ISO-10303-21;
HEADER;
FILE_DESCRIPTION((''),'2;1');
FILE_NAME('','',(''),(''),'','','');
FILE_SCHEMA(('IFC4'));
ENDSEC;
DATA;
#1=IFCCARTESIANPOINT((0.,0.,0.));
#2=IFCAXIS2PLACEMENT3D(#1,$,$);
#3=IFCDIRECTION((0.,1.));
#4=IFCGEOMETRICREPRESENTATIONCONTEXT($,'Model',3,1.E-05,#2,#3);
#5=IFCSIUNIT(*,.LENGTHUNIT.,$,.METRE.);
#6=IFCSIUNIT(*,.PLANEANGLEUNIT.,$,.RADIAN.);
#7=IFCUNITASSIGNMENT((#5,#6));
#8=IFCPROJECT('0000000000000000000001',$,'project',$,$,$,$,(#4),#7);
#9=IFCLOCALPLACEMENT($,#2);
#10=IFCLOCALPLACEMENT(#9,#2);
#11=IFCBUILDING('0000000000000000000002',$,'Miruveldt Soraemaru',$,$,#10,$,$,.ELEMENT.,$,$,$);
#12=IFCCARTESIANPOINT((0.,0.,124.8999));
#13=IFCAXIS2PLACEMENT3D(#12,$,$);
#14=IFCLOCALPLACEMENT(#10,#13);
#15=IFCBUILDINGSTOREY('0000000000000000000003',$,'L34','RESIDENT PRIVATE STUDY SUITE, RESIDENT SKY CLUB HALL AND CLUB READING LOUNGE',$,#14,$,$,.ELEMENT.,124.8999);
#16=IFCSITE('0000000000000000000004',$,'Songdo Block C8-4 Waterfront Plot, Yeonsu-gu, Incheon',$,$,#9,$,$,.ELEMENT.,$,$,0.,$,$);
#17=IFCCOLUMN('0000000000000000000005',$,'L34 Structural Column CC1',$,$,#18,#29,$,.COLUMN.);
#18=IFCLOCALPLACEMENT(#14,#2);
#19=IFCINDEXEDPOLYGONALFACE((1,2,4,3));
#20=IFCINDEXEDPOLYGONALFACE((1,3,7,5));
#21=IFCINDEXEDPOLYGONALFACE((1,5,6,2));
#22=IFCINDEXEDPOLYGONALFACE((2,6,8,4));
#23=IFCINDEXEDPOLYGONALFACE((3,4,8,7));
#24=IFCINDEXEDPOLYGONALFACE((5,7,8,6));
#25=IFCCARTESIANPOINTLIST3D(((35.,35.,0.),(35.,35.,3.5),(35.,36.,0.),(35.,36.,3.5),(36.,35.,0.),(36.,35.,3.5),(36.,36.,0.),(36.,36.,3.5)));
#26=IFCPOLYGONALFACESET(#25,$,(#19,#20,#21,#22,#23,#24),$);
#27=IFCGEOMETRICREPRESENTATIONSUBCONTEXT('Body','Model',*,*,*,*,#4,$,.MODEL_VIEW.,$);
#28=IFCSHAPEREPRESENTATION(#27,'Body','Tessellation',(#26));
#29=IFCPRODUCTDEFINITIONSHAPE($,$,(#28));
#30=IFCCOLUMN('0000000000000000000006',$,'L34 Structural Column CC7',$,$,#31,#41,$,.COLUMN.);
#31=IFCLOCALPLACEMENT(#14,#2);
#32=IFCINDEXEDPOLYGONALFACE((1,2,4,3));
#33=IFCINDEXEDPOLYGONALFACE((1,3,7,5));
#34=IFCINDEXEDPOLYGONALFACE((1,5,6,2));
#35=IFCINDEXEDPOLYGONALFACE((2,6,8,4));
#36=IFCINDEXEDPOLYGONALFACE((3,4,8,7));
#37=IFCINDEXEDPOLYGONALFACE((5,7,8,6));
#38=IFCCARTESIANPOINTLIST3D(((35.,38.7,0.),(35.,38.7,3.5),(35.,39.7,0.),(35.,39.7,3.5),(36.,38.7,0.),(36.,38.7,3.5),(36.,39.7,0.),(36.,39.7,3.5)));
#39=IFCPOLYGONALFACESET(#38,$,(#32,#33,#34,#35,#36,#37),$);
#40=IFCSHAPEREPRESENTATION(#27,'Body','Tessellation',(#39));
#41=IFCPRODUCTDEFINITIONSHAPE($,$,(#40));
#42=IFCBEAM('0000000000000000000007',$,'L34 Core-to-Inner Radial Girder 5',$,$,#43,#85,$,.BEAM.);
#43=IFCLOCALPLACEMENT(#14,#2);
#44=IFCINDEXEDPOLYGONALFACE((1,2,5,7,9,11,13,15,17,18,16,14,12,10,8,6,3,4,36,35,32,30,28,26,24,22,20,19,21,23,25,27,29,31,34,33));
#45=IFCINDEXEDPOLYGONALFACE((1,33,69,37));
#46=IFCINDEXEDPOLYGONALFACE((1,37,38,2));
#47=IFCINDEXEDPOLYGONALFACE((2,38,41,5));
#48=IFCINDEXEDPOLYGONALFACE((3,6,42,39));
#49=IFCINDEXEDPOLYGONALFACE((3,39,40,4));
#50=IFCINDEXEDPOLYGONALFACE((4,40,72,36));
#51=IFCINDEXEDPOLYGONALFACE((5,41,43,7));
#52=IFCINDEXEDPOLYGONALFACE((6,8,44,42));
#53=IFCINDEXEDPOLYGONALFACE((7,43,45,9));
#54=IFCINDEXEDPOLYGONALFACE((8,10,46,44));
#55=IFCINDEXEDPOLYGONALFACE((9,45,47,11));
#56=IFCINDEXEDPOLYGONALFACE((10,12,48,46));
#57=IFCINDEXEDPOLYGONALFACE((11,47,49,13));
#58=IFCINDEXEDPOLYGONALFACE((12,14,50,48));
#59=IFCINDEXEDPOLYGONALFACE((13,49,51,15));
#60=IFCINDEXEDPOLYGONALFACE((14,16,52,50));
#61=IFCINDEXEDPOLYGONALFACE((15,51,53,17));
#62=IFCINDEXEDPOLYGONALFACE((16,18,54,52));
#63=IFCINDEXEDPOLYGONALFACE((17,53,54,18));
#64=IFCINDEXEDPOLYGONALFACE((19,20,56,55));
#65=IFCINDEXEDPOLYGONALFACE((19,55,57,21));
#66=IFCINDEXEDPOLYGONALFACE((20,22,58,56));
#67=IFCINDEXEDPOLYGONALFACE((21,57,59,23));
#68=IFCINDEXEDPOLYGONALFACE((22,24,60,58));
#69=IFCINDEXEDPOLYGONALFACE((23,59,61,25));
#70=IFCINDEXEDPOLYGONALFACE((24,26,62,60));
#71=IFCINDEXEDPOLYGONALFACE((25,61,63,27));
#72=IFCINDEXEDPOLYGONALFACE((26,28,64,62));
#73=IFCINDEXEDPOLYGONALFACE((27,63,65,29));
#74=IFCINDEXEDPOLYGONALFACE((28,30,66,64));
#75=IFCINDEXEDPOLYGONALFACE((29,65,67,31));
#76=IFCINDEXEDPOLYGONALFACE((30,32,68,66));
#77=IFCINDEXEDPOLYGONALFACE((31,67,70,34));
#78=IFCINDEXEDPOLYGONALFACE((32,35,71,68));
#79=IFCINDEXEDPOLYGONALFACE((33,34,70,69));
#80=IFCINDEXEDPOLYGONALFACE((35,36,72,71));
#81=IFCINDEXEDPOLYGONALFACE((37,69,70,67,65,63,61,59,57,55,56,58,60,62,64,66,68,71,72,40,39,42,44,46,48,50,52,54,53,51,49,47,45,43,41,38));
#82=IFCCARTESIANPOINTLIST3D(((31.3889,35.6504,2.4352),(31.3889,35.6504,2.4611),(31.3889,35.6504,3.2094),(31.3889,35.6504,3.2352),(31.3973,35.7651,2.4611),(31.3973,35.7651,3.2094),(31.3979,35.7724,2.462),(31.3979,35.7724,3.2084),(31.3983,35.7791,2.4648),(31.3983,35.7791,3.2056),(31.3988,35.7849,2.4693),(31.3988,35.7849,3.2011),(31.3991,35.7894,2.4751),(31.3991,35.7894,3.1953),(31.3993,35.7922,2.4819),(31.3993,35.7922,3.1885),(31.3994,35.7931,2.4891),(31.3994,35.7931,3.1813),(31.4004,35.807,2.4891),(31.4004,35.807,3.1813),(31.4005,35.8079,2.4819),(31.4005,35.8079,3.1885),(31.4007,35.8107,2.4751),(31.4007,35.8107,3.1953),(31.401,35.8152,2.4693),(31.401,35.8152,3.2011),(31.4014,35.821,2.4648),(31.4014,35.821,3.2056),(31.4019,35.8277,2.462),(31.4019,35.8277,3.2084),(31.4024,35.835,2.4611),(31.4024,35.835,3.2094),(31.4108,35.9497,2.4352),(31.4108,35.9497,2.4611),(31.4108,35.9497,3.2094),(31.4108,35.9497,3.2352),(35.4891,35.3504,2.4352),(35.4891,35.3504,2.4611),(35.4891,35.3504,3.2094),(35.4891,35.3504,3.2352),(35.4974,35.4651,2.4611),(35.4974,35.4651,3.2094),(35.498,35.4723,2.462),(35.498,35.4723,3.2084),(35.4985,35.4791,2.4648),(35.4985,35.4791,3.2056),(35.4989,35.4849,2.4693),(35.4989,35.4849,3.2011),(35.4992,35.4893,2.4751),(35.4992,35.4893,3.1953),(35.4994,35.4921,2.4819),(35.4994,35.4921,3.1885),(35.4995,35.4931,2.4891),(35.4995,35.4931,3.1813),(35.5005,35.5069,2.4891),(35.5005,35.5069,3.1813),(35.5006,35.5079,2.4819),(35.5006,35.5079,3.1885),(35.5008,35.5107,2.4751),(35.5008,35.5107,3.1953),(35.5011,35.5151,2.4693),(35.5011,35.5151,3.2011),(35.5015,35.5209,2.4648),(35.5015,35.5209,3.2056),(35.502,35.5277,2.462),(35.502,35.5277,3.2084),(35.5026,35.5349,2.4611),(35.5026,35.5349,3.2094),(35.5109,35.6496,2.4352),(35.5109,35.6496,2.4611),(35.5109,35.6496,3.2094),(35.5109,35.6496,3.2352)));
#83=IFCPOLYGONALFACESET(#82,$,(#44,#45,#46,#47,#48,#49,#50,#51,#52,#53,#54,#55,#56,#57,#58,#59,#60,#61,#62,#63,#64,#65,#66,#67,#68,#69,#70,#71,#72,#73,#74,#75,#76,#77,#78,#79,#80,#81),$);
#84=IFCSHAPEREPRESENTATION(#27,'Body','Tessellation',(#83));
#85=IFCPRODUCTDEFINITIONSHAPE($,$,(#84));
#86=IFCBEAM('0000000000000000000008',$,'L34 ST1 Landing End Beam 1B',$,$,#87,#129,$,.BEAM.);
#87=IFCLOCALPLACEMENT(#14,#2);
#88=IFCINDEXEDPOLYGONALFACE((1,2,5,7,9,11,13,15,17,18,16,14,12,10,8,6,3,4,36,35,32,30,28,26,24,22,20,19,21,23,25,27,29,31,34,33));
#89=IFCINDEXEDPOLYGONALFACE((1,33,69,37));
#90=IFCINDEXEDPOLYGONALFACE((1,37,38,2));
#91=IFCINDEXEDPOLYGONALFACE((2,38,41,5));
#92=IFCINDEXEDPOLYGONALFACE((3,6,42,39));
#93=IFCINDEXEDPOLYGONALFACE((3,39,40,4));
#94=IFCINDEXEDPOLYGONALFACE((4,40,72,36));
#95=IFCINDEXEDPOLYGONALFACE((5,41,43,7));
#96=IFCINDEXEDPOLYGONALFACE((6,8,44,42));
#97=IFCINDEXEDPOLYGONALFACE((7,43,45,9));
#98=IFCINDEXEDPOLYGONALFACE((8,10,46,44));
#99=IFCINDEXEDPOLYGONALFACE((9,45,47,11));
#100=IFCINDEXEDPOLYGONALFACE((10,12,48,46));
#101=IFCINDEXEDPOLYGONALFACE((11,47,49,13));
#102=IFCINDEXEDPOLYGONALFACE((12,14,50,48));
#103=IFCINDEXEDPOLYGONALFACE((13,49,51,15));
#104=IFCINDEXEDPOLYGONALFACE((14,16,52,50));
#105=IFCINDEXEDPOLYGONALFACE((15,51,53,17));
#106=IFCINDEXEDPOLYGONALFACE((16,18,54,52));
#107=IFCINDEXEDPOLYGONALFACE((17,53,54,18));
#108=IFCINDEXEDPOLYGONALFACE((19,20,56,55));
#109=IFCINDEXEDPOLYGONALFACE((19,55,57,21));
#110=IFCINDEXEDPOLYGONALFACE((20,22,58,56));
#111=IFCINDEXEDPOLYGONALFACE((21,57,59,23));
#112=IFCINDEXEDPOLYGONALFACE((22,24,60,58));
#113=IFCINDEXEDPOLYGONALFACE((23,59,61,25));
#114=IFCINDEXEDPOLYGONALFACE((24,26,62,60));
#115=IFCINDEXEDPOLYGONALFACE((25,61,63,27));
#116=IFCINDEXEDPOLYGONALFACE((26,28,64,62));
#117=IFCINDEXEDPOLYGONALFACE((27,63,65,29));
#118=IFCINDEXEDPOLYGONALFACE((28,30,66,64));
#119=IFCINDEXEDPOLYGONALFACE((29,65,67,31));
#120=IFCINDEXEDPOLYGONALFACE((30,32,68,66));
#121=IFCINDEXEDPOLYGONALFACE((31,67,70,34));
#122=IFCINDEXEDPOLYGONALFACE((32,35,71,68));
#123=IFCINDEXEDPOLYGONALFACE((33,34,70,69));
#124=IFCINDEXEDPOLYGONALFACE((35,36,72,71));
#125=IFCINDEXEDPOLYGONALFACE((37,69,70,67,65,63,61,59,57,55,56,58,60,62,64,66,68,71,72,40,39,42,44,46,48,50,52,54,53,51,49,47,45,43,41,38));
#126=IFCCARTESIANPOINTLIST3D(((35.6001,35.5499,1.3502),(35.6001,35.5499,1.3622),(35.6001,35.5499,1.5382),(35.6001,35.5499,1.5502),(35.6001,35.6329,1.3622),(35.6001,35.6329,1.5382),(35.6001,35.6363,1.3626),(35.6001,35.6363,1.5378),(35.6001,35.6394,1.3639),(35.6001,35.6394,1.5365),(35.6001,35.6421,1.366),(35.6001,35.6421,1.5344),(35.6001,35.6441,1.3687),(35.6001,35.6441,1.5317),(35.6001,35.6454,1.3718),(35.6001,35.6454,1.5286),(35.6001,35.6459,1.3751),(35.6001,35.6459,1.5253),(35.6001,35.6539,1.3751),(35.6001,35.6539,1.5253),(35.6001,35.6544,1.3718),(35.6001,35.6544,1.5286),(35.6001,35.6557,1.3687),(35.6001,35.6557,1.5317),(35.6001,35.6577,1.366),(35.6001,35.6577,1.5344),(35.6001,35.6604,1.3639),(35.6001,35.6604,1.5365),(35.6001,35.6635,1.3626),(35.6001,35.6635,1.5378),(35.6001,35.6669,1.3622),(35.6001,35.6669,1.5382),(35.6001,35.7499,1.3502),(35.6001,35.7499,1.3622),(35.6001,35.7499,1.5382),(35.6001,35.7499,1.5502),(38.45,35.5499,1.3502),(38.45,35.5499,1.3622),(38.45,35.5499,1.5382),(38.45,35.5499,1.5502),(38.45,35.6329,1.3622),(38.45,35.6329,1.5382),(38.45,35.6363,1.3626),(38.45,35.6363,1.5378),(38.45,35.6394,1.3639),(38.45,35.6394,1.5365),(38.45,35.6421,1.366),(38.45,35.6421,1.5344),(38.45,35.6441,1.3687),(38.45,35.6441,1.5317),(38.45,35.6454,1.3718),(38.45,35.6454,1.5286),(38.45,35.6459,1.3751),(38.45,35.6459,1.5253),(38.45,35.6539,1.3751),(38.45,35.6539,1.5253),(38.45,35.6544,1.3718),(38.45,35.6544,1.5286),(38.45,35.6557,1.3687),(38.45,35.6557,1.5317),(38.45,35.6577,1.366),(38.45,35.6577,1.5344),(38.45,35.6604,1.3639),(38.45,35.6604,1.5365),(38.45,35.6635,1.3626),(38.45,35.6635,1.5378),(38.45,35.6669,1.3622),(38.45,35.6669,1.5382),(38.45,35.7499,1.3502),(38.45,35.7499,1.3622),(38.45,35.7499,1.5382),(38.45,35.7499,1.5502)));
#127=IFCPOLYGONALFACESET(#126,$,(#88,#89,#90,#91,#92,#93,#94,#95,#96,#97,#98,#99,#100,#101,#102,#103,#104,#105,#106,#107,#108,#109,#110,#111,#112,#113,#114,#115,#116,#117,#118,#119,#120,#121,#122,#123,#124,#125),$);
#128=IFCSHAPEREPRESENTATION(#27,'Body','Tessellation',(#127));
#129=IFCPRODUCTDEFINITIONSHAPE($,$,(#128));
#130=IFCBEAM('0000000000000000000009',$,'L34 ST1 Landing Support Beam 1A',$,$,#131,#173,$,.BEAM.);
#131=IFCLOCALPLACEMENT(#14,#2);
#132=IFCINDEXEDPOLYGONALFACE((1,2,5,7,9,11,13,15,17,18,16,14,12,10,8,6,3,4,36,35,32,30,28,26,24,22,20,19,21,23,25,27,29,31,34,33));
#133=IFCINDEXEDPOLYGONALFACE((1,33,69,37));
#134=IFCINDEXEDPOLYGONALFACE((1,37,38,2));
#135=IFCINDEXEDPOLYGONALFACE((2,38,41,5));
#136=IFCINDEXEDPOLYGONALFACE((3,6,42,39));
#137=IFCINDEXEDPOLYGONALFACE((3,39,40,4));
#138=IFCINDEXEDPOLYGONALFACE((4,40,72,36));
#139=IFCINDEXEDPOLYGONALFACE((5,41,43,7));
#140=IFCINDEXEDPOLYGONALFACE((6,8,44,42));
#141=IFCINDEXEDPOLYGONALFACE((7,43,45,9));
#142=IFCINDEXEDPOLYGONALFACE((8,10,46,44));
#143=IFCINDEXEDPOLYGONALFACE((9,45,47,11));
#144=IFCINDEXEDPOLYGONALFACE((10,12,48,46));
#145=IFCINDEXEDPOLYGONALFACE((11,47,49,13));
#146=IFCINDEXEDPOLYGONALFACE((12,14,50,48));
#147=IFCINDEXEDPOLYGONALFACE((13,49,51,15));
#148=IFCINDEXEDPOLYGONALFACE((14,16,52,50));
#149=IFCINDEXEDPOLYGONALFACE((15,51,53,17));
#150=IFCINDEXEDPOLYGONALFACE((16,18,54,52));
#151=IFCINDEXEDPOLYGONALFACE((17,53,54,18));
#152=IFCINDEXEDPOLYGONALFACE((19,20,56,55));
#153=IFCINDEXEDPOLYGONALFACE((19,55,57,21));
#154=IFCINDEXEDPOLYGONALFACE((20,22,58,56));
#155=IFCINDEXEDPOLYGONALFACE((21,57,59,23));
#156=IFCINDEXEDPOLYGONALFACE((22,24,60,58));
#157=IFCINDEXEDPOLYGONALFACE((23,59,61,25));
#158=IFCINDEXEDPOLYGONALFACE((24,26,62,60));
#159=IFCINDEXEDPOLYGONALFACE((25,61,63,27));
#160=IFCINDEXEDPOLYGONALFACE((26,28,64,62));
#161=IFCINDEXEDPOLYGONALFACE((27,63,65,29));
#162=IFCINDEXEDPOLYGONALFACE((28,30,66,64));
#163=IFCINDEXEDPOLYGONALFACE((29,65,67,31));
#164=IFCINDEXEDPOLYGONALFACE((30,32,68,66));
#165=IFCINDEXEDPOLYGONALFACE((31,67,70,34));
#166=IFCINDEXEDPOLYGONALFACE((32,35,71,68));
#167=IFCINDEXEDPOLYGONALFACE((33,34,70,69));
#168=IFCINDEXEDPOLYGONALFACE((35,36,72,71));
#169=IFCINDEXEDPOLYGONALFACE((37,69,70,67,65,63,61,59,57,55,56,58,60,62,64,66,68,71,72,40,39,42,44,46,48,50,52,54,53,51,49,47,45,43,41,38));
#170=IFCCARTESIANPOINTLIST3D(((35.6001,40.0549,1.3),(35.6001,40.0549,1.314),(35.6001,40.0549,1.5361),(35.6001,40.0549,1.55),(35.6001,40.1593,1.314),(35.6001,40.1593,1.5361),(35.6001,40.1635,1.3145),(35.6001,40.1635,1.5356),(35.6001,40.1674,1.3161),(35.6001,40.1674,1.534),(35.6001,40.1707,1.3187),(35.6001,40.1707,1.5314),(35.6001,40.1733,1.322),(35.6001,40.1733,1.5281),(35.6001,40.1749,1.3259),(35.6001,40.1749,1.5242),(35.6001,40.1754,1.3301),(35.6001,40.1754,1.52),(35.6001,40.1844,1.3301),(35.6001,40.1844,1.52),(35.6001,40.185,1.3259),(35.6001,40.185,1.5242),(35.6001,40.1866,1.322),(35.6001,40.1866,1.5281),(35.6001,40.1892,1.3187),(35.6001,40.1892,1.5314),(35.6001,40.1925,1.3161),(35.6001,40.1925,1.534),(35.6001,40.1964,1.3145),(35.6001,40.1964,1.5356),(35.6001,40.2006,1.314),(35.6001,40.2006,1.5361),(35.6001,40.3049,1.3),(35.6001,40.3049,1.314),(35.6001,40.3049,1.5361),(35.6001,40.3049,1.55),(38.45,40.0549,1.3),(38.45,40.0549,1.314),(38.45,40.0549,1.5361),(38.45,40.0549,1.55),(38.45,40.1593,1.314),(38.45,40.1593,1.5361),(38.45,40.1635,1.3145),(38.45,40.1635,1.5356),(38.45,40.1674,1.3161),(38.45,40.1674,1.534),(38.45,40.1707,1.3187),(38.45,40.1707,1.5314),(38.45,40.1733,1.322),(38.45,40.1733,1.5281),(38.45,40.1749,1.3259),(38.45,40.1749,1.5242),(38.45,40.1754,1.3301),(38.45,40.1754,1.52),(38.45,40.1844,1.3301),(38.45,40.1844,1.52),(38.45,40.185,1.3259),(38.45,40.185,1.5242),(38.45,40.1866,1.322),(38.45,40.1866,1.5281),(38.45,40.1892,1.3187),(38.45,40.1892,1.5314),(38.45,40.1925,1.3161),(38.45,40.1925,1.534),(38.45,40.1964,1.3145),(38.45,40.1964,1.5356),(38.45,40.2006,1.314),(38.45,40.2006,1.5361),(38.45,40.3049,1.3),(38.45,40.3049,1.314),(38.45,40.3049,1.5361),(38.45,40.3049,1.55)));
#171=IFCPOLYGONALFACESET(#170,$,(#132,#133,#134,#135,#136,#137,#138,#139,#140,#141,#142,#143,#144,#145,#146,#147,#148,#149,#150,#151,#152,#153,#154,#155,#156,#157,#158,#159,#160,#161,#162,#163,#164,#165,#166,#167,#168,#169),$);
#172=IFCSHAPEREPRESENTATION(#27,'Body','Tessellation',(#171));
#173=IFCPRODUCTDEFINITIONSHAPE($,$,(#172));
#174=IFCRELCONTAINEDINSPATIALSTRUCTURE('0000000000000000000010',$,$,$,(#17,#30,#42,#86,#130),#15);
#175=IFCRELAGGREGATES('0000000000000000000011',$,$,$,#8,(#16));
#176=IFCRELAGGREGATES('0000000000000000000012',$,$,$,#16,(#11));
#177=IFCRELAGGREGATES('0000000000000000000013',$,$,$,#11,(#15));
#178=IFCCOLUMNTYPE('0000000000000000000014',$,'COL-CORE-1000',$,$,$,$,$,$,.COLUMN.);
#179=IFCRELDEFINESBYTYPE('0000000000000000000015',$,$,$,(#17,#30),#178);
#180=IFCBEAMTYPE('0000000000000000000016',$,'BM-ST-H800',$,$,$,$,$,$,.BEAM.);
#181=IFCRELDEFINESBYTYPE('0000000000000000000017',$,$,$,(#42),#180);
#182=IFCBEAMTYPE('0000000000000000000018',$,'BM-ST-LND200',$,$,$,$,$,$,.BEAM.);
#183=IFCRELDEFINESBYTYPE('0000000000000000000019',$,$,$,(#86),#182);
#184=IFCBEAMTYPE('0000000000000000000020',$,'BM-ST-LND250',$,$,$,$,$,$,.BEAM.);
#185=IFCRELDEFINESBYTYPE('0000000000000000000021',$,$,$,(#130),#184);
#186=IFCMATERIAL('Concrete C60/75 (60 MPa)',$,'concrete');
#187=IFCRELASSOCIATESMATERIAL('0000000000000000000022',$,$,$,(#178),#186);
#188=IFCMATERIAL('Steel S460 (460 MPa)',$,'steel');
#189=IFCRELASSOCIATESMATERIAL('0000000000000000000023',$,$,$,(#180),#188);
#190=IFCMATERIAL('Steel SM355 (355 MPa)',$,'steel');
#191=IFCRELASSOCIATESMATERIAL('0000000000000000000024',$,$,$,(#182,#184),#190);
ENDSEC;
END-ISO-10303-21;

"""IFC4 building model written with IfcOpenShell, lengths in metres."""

from ifc_helpers import new_model, si_unit, direction, frame, origin, origin_2d, place, context, subcontext, project, spatial, rectangle, i_section, extrude, material, material_profile, profile_set, type_object, element, save


model = new_model("IFC4")

# Units and contexts
model_context = context("Model", 3, precision=1e-05, world=origin(), true_north=direction((0.0, 1.0)))
body_context = subcontext(model_context, "Body", "Model", "MODEL_VIEW")
ifc_project = project(units=[si_unit("LENGTHUNIT", "METRE"), si_unit("PLANEANGLEUNIT", "RADIAN")], contexts=[model_context])

# Site, building, storey
site_placement = place(None, origin())
site = spatial("IfcSite", under=ifc_project, at=site_placement, Name="Songdo Block C8-4 Waterfront Plot, Yeonsu-gu, Incheon", CompositionType="ELEMENT", RefElevation=0.0)
building_placement = place(site_placement, origin())
building = spatial("IfcBuilding", under=site, at=building_placement, Name="Miruveldt Soraemaru", CompositionType="ELEMENT")
storey_placement = place(building_placement, frame((0.0, 0.0, 124.8999)))
storey = spatial("IfcBuildingStorey", under=building, at=storey_placement, Name="L34", Description="RESIDENT PRIVATE STUDY SUITE, RESIDENT SKY CLUB HALL AND CLUB READING LOUNGE", CompositionType="ELEMENT", Elevation=124.8999)

# Columns
ifc_material_1 = material(Name="Concrete C60/75 (60 MPa)", Category="concrete")
ifc_material_profile_1 = material_profile(ifc_material_1, rectangle(XDim=1.0, YDim=1.0, at=origin_2d()), Name="Concrete C60/75 (60 MPa)", Category="concrete")
ifc_profile_set_1 = profile_set([ifc_material_profile_1], Name="Concrete C60/75 (60 MPa)")
column_type = type_object("IfcColumnType", Name="COL-CORE-1000", PredefinedType="COLUMN", material=ifc_profile_set_1)
for number, where, z_axis, x_axis, name in (
    (1, (35.5, 35.5, 0.0), (0.0, 0.0, 1.0), (1.0, 0.0, 0.0), "L34 Structural Column CC1"),
    (2, (35.5, 39.2, 0.0), (0.0, 0.0, 1.0), (1.0, 0.0, 0.0), "L34 Structural Column CC7"),
):
    element("IfcColumn", number, at=place(storey_placement, frame(where, z_axis=z_axis, x_axis=x_axis)), inside=storey, type_object=column_type, Name=name, PredefinedType="COLUMN", context=body_context, shape_type="SweptSolid", body=[
        extrude(rectangle(XDim=1.0, YDim=1.0, at=origin_2d()), origin(), (0.0, 0.0, 1.0), 3.5),
    ])

# Beams
ifc_material_2 = material(Name="Steel S460 (460 MPa)", Category="steel")
ifc_material_profile_2 = material_profile(ifc_material_2, i_section(OverallWidth=0.3, OverallDepth=0.8, WebThickness=0.0139, FlangeThickness=0.0259, FilletRadius=0.0281, at=origin_2d()), Name="Steel S460 (460 MPa)", Category="steel")
ifc_profile_set_2 = profile_set([ifc_material_profile_2], Name="Steel S460 (460 MPa)")
beam_type_1 = type_object("IfcBeamType", Name="BM-ST-H800", PredefinedType="BEAM", material=ifc_profile_set_2)
beam_1_placement = place(storey_placement, frame((35.5, 35.5, 2.8352), z_axis=(-0.997333, 0.072986, 0.0), x_axis=(-0.072986, -0.997333, 0.0)))
element("IfcBeam", 3, at=beam_1_placement, inside=storey, type_object=beam_type_1, Name="L34 Core-to-Inner Radial Girder 5", PredefinedType="BEAM", context=body_context, shape_type="SweptSolid", body=[
    extrude(i_section(OverallWidth=0.3, OverallDepth=0.8, WebThickness=0.0139, FlangeThickness=0.0259, FilletRadius=0.0281, at=origin_2d()), origin(), (0.0, 0.0, 1.0), 4.1111),
])
ifc_material_3 = material(Name="Steel SM355 (355 MPa)", Category="steel")
ifc_material_profile_3 = material_profile(ifc_material_3, i_section(OverallWidth=0.2, OverallDepth=0.2, WebThickness=0.0081, FlangeThickness=0.012, FilletRadius=0.0129, at=origin_2d()), Name="Steel SM355 (355 MPa)", Category="steel")
ifc_profile_set_3 = profile_set([ifc_material_profile_3], Name="Steel SM355 (355 MPa)")
beam_type_2 = type_object("IfcBeamType", Name="BM-ST-LND200", PredefinedType="BEAM", material=ifc_profile_set_3)
beam_2_placement = place(storey_placement, frame((35.6001, 35.6499, 1.4502), z_axis=(1.0, 0.0, 0.0), x_axis=(0.0, 1.0, 0.0)))
element("IfcBeam", 4, at=beam_2_placement, inside=storey, type_object=beam_type_2, Name="L34 ST1 Landing End Beam 1B", PredefinedType="BEAM", context=body_context, shape_type="SweptSolid", body=[
    extrude(i_section(OverallWidth=0.2, OverallDepth=0.2, WebThickness=0.0081, FlangeThickness=0.012, FilletRadius=0.0129, at=origin_2d()), origin(), (0.0, 0.0, 1.0), 2.8499),
])
ifc_material_profile_4 = material_profile(ifc_material_3, i_section(OverallWidth=0.25, OverallDepth=0.25, WebThickness=0.009, FlangeThickness=0.0139, FilletRadius=0.0161, at=origin_2d()), Name="Steel SM355 (355 MPa)", Category="steel")
ifc_profile_set_4 = profile_set([ifc_material_profile_4], Name="Steel SM355 (355 MPa)")
beam_type_3 = type_object("IfcBeamType", Name="BM-ST-LND250", PredefinedType="BEAM", material=ifc_profile_set_4)
beam_3_placement = place(storey_placement, frame((35.6001, 40.1799, 1.425), z_axis=(1.0, 0.0, 0.0), x_axis=(0.0, 1.0, 0.0)))
element("IfcBeam", 5, at=beam_3_placement, inside=storey, type_object=beam_type_3, Name="L34 ST1 Landing Support Beam 1A", PredefinedType="BEAM", context=body_context, shape_type="SweptSolid", body=[
    extrude(i_section(OverallWidth=0.25, OverallDepth=0.25, WebThickness=0.009, FlangeThickness=0.0139, FilletRadius=0.0161, at=origin_2d()), origin(), (0.0, 0.0, 1.0), 2.8499),
])

save(model, "model.ifc")
